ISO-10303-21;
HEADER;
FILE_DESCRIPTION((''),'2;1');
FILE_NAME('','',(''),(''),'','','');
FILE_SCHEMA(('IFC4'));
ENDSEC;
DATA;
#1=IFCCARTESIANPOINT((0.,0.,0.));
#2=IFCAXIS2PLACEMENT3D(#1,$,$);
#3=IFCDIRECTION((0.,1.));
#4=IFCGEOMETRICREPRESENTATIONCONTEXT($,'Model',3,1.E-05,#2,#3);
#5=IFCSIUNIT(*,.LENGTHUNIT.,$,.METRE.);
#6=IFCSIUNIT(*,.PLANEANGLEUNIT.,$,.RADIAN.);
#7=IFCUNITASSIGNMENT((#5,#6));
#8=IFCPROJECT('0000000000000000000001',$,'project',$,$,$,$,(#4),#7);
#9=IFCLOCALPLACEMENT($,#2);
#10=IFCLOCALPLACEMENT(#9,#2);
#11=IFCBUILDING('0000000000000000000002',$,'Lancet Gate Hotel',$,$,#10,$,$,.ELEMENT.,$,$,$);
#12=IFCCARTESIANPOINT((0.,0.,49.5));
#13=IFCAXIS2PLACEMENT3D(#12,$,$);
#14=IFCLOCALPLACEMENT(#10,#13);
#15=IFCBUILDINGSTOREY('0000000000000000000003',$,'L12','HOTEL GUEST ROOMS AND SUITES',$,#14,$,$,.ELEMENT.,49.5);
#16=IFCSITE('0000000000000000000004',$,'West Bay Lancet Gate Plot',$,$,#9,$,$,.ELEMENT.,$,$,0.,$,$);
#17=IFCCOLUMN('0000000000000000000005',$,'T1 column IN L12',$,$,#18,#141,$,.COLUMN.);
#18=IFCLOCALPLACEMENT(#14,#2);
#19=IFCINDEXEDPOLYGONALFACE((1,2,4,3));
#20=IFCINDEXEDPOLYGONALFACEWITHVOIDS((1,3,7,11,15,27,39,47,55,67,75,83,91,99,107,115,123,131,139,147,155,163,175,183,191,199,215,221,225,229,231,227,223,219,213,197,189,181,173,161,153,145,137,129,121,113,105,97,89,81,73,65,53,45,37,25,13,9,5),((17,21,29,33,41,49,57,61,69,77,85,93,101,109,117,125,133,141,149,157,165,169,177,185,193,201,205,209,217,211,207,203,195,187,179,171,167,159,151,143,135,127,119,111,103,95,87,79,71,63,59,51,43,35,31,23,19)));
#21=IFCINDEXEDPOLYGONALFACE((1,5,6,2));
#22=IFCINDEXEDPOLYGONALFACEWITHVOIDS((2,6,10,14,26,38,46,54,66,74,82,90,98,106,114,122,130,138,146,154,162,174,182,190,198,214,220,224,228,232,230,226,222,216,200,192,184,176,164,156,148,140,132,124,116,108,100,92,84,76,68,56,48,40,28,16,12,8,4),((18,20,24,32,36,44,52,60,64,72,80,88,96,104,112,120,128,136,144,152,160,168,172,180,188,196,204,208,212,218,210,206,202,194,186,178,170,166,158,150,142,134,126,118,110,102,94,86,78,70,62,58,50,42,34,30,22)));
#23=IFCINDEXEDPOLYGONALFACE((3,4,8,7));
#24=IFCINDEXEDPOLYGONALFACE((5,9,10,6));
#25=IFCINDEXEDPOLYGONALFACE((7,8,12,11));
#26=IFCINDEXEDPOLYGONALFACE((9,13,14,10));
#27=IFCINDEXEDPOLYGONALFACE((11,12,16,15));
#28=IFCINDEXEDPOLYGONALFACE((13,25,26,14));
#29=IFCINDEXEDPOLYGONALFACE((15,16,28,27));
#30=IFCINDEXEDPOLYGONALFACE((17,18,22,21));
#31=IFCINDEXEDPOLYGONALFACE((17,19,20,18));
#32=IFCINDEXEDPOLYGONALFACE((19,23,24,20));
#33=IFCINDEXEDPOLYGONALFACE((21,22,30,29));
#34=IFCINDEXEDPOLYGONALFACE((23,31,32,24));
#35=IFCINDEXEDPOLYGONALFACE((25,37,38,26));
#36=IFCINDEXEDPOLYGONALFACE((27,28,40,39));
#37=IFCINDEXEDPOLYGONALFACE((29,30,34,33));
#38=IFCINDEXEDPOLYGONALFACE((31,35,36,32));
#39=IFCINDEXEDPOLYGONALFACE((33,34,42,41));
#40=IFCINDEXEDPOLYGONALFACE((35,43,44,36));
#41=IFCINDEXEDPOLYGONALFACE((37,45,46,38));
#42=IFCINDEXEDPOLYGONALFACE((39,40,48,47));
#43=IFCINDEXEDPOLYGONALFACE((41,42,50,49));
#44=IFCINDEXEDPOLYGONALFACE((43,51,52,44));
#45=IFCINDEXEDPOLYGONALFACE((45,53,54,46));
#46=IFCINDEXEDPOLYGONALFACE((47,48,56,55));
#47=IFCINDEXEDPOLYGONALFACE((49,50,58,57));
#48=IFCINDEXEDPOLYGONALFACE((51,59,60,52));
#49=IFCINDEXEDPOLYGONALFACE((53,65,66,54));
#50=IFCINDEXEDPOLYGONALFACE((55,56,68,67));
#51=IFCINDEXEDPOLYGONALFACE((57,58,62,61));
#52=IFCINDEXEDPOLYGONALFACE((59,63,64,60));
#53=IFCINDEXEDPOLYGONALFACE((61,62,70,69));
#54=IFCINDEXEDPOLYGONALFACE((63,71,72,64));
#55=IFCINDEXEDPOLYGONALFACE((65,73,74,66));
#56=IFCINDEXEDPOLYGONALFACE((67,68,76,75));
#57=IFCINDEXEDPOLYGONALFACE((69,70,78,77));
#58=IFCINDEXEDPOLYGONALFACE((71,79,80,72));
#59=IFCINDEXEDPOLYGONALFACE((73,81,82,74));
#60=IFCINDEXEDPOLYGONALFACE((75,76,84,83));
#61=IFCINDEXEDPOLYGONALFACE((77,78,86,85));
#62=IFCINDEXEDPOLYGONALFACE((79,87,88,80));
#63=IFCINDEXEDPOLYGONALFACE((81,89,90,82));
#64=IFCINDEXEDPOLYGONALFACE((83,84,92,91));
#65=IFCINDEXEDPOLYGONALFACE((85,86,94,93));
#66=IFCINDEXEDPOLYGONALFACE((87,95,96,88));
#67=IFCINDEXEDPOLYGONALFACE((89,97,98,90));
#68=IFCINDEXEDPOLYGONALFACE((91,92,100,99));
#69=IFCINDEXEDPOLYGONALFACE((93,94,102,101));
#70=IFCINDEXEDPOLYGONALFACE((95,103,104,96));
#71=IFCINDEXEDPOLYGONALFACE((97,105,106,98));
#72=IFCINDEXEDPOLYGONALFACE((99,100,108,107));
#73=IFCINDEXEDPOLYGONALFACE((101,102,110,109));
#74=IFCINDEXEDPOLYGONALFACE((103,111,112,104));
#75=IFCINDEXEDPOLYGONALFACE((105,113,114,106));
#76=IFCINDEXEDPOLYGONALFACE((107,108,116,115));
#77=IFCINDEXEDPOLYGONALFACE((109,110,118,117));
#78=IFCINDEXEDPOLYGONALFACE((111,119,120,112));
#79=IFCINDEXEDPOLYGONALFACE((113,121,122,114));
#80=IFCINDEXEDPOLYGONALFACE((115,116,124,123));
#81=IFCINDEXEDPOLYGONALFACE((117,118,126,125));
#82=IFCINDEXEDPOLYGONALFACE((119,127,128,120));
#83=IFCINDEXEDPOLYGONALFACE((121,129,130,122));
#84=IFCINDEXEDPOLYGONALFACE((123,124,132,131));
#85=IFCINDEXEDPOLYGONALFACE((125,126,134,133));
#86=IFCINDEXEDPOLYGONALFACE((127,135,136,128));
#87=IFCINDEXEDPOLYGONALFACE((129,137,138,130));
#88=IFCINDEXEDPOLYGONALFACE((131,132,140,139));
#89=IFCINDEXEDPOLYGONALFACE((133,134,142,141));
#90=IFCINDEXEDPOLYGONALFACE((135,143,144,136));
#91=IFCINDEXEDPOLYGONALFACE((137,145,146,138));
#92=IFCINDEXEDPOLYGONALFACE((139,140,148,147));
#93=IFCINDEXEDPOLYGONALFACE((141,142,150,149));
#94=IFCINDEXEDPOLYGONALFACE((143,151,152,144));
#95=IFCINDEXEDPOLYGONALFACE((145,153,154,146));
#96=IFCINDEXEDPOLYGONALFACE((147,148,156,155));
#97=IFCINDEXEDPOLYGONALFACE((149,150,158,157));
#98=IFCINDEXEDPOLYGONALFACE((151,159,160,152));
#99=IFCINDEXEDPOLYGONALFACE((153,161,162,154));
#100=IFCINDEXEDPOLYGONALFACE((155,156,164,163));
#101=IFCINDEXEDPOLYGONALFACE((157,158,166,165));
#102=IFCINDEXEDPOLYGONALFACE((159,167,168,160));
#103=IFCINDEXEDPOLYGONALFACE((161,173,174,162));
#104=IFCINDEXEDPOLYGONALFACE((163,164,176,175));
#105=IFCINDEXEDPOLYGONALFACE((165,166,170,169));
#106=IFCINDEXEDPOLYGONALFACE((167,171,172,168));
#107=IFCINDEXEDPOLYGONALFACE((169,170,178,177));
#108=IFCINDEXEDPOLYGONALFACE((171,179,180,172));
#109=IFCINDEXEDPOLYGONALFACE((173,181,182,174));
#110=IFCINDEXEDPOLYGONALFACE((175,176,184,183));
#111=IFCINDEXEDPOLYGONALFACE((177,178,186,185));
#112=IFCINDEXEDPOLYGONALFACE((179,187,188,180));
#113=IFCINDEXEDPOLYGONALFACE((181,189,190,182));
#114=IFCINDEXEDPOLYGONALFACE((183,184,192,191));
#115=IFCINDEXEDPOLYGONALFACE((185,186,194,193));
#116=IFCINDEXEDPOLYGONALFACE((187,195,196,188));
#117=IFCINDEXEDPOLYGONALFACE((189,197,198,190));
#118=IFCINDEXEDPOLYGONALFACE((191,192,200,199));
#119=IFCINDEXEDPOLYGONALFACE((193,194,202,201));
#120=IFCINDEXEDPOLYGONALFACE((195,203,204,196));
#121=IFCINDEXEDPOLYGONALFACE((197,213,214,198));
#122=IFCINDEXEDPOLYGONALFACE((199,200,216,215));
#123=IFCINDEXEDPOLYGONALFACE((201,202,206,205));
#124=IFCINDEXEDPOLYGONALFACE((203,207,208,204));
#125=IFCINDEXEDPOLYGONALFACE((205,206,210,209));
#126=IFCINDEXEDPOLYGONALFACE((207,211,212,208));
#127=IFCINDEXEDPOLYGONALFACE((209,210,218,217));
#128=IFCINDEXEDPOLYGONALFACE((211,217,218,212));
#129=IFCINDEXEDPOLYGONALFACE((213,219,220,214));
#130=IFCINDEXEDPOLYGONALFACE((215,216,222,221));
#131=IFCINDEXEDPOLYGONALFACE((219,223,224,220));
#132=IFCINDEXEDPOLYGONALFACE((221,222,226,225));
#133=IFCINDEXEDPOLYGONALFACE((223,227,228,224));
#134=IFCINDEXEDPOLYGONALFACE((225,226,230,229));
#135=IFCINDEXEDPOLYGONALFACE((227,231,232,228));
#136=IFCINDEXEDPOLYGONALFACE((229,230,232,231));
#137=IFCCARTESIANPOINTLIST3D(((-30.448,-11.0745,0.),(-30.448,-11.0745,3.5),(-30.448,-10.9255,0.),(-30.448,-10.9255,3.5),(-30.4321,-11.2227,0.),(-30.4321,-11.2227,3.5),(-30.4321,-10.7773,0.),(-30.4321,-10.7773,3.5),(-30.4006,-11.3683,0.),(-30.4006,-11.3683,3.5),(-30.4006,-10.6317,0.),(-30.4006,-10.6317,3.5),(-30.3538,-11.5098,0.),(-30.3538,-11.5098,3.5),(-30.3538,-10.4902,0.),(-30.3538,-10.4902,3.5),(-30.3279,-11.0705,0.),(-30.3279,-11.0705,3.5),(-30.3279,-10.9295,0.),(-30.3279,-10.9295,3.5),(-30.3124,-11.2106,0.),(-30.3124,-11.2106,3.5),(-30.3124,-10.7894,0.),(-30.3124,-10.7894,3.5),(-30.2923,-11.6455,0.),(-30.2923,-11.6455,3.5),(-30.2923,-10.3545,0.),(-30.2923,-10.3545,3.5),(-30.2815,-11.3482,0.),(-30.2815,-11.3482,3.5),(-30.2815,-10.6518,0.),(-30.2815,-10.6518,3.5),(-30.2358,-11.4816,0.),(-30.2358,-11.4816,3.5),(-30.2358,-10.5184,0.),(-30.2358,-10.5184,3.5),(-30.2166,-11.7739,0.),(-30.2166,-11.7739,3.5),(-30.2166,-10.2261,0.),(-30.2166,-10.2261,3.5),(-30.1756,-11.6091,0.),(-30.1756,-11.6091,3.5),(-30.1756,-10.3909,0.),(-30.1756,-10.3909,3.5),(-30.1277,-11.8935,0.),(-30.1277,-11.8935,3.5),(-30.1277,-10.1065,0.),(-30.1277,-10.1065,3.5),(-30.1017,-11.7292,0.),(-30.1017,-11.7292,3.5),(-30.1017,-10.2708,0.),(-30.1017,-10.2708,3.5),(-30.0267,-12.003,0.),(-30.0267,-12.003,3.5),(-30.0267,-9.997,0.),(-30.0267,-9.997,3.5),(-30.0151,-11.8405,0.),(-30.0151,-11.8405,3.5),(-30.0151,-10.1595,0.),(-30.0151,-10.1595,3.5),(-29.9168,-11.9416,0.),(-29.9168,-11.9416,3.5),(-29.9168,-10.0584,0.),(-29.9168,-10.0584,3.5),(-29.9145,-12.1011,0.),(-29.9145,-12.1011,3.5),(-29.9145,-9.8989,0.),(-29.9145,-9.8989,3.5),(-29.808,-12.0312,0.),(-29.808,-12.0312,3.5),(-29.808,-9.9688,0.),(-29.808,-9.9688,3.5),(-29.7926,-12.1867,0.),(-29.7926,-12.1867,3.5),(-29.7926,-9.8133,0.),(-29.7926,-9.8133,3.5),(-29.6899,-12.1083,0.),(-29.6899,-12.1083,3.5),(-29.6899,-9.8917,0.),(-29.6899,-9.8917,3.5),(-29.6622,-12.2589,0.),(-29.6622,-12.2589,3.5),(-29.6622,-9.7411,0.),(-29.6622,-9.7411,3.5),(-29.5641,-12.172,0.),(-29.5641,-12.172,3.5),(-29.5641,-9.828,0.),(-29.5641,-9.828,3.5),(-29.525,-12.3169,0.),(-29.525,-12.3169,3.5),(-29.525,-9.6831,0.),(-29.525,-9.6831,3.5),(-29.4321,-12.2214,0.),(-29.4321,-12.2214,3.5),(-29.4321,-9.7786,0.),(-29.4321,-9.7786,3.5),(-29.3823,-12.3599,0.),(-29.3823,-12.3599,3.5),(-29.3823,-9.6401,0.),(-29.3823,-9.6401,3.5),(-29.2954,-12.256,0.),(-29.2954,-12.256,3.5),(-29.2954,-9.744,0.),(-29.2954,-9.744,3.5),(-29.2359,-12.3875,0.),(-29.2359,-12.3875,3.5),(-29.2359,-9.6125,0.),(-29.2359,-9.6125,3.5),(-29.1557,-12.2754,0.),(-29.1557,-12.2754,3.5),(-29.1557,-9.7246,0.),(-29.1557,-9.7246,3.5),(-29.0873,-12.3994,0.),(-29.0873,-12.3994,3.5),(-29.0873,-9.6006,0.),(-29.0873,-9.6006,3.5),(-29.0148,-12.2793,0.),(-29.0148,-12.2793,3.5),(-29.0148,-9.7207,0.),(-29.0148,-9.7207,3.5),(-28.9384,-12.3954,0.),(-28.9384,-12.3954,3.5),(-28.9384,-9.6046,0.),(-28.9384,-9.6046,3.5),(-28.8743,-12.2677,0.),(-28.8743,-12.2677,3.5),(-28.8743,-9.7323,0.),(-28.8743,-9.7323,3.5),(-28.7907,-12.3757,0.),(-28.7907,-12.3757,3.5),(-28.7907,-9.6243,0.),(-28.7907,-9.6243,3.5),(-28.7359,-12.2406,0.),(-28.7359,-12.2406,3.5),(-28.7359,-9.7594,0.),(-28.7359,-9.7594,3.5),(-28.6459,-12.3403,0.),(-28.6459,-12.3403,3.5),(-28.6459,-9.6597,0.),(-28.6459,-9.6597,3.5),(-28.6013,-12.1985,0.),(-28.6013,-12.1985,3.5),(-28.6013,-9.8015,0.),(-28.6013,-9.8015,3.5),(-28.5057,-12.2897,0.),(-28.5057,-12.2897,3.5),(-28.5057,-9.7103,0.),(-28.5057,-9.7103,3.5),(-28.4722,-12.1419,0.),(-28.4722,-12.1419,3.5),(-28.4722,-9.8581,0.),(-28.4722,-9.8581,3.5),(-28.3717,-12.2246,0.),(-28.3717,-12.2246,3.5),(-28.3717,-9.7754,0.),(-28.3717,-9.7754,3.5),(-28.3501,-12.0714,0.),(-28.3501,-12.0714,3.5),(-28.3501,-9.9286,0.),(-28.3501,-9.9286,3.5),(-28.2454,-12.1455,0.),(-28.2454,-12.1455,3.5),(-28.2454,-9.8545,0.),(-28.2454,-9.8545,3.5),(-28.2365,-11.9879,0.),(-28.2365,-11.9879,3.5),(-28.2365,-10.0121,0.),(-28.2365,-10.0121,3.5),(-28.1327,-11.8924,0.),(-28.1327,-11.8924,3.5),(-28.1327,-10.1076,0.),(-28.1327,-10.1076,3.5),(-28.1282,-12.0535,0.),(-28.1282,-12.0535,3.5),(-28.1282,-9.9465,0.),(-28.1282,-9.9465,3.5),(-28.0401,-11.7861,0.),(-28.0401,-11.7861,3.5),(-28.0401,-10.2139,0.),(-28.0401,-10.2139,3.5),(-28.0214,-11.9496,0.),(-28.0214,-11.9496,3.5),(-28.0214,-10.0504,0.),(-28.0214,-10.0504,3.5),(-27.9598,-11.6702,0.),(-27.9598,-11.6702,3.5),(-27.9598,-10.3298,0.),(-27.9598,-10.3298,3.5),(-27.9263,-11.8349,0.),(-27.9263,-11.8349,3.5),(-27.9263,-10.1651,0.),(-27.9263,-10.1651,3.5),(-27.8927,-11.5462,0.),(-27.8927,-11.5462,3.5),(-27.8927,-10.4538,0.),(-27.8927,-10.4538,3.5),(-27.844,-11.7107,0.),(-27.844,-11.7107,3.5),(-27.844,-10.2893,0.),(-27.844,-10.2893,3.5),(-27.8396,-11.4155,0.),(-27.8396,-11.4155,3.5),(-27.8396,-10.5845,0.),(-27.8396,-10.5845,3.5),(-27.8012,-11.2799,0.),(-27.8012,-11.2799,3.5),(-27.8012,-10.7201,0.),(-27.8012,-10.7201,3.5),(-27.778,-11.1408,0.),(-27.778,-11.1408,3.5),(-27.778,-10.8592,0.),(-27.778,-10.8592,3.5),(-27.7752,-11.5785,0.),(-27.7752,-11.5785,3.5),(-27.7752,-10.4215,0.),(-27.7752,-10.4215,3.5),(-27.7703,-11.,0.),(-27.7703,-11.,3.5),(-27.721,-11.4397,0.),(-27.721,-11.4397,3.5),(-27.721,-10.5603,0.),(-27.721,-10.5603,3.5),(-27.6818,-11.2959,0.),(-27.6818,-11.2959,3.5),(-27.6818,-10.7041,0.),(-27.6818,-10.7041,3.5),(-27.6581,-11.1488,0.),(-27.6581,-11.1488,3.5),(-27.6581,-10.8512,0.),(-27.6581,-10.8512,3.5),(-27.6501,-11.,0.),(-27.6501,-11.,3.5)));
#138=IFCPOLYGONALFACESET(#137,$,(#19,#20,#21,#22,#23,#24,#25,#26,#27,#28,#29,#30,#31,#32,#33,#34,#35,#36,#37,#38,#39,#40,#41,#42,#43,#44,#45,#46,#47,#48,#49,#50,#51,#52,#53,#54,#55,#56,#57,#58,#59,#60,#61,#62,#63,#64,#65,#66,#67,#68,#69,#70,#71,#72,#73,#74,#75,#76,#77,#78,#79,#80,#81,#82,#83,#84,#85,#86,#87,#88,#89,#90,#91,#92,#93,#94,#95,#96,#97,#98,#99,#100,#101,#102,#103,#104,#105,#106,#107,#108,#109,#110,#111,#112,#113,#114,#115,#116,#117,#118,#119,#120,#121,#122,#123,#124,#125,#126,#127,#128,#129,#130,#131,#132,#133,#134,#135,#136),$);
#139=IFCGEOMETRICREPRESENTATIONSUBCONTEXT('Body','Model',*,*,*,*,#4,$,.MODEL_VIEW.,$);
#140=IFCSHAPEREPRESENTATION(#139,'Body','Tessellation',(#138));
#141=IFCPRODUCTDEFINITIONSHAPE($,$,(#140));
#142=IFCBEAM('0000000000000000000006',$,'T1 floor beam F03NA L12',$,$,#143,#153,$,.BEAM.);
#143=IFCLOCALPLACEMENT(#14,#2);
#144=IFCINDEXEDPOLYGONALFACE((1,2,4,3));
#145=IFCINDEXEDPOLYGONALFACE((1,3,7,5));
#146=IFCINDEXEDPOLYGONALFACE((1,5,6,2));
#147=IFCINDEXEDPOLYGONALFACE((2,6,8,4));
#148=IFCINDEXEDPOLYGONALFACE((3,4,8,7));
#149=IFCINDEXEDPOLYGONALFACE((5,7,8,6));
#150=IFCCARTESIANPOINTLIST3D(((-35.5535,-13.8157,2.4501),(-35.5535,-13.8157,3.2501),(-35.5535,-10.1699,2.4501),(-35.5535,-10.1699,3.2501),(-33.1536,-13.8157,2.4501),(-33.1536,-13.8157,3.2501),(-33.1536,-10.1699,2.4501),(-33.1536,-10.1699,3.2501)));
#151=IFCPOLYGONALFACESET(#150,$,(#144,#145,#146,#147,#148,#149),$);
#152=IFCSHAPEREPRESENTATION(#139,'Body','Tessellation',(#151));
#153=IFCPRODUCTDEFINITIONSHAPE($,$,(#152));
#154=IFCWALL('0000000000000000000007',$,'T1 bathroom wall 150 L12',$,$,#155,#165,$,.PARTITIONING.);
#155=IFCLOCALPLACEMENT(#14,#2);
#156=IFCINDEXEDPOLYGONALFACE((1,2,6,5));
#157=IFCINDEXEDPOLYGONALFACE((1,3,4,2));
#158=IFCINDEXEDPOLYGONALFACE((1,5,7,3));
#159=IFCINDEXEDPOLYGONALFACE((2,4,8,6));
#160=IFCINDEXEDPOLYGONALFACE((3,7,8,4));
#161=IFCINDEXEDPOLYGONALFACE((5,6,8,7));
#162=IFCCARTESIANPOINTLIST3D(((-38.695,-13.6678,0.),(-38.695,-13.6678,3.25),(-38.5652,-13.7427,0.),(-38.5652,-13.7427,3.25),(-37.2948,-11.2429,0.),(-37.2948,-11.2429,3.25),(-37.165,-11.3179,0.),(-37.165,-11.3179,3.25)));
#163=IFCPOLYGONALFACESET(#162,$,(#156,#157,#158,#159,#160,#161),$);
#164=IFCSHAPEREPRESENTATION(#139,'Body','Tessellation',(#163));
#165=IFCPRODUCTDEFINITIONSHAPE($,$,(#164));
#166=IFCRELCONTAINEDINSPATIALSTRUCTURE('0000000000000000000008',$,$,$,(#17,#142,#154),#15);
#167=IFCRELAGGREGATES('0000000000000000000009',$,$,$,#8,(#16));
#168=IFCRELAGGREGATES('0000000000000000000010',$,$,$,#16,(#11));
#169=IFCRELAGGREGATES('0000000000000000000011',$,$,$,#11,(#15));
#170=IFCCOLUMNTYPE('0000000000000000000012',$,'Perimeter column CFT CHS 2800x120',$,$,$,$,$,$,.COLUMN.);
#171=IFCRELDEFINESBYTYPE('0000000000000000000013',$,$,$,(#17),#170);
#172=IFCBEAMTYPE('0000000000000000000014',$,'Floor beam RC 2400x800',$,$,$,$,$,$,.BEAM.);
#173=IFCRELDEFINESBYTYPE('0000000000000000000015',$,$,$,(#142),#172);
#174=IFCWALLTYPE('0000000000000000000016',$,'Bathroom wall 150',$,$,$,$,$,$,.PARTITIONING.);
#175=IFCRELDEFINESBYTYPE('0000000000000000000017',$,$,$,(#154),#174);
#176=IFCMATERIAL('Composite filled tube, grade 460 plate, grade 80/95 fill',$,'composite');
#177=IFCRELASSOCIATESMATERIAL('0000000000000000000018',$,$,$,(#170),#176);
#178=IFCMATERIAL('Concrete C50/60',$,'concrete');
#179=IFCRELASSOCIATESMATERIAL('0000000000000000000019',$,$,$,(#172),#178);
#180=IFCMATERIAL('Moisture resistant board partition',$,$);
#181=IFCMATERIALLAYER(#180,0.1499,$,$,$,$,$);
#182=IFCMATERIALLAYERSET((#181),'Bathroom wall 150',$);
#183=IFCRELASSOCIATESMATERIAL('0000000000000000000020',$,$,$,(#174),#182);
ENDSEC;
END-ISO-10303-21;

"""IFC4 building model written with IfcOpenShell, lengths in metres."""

from ifc_helpers import new_model, si_unit, direction, frame, frame_2d, origin, origin_2d, place, context, subcontext, project, spatial, rectangle, hollow_circle, extrude, material, layer, layer_set, material_profile, profile_set, type_object, element, save


model = new_model("IFC4")

# Units and contexts
model_context = context("Model", 3, precision=1e-05, world=origin(), true_north=direction((0.0, 1.0)))
body_context = subcontext(model_context, "Body", "Model", "MODEL_VIEW")
ifc_project = project(units=[si_unit("LENGTHUNIT", "METRE"), si_unit("PLANEANGLEUNIT", "RADIAN")], contexts=[model_context])

# Site, building, storey
site_placement = place(None, origin())
site = spatial("IfcSite", under=ifc_project, at=site_placement, Name="West Bay Lancet Gate Plot", CompositionType="ELEMENT", RefElevation=0.0)
building_placement = place(site_placement, origin())
building = spatial("IfcBuilding", under=site, at=building_placement, Name="Lancet Gate Hotel", CompositionType="ELEMENT")
storey_placement = place(building_placement, frame((0.0, 0.0, 49.5)))
storey = spatial("IfcBuildingStorey", under=building, at=storey_placement, Name="L12", Description="HOTEL GUEST ROOMS AND SUITES", CompositionType="ELEMENT", Elevation=49.5)

# Column
ifc_material_1 = material(Name="Composite filled tube, grade 460 plate, grade 80/95 fill", Category="composite")
ifc_material_profile_1 = material_profile(ifc_material_1, hollow_circle(Radius=1.3999, WallThickness=0.1201, at=origin_2d()), Name="CHS 2800x120")
ifc_profile_set_1 = profile_set([ifc_material_profile_1], Name="Composite filled tube, grade 460 plate, grade 80/95 fill")
column_type = type_object("IfcColumnType", Name="Perimeter column CFT CHS 2800x120", PredefinedType="COLUMN", material=ifc_profile_set_1)
column_placement = place(storey_placement, frame((-29.05, -11.0, 0.0), z_axis=(0.0, 0.0, 1.0), x_axis=(1.0, 0.0, 0.0)))
element("IfcColumn", 1, at=column_placement, inside=storey, type_object=column_type, Name="T1 column IN L12", PredefinedType="COLUMN", context=body_context, shape_type="SweptSolid", body=[
    extrude(hollow_circle(Radius=1.3999, WallThickness=0.1201, at=origin_2d()), origin(), (0.0, 0.0, 1.0), 3.5),
])

# Beam
ifc_material_2 = material(Name="Concrete C50/60", Category="concrete")
ifc_material_profile_2 = material_profile(ifc_material_2, rectangle(XDim=2.3999, YDim=0.8, at=origin_2d()), Name="RC 2400x800")
ifc_profile_set_2 = profile_set([ifc_material_profile_2], Name="Concrete C50/60")
beam_type = type_object("IfcBeamType", Name="Floor beam RC 2400x800", PredefinedType="BEAM", material=ifc_profile_set_2)
beam_placement = place(storey_placement, frame((-34.3535, -10.1699, 2.8501), z_axis=(0.0, -1.0, 0.0), x_axis=(1.0, 0.0, 0.0)))
element("IfcBeam", 2, at=beam_placement, inside=storey, type_object=beam_type, Name="T1 floor beam F03NA L12", PredefinedType="BEAM", context=body_context, shape_type="SweptSolid", body=[
    extrude(rectangle(XDim=2.3999, YDim=0.8, at=origin_2d()), origin(), (0.0, 0.0, 1.0), 3.6458),
])

# Wall
ifc_material_3 = material(Name="Moisture resistant board partition")
ifc_layer_1 = layer(ifc_material_3, 0.1499)
ifc_layer_set_1 = layer_set([ifc_layer_1], Name="Bathroom wall 150")
wall_type_1 = type_object("IfcWallType", Name="Bathroom wall 150", PredefinedType="PARTITIONING", material=ifc_layer_set_1)
wall_1_placement = place(storey_placement, frame((-37.23, -11.2805, 0.0), z_axis=(0.0, 0.0, 1.0), x_axis=(-0.50005, -0.865997, 0.0)))
element("IfcWall", 3, at=wall_1_placement, inside=storey, type_object=wall_type_1, Name="T1 bathroom wall 150 L12", PredefinedType="PARTITIONING", context=body_context, shape_type="SweptSolid", body=[
    extrude(rectangle(XDim=2.8, YDim=0.1499, at=frame_2d((1.3999, 0.0))), origin(), (0.0, 0.0, 1.0), 3.25),
])

save(model, "model.ifc")
